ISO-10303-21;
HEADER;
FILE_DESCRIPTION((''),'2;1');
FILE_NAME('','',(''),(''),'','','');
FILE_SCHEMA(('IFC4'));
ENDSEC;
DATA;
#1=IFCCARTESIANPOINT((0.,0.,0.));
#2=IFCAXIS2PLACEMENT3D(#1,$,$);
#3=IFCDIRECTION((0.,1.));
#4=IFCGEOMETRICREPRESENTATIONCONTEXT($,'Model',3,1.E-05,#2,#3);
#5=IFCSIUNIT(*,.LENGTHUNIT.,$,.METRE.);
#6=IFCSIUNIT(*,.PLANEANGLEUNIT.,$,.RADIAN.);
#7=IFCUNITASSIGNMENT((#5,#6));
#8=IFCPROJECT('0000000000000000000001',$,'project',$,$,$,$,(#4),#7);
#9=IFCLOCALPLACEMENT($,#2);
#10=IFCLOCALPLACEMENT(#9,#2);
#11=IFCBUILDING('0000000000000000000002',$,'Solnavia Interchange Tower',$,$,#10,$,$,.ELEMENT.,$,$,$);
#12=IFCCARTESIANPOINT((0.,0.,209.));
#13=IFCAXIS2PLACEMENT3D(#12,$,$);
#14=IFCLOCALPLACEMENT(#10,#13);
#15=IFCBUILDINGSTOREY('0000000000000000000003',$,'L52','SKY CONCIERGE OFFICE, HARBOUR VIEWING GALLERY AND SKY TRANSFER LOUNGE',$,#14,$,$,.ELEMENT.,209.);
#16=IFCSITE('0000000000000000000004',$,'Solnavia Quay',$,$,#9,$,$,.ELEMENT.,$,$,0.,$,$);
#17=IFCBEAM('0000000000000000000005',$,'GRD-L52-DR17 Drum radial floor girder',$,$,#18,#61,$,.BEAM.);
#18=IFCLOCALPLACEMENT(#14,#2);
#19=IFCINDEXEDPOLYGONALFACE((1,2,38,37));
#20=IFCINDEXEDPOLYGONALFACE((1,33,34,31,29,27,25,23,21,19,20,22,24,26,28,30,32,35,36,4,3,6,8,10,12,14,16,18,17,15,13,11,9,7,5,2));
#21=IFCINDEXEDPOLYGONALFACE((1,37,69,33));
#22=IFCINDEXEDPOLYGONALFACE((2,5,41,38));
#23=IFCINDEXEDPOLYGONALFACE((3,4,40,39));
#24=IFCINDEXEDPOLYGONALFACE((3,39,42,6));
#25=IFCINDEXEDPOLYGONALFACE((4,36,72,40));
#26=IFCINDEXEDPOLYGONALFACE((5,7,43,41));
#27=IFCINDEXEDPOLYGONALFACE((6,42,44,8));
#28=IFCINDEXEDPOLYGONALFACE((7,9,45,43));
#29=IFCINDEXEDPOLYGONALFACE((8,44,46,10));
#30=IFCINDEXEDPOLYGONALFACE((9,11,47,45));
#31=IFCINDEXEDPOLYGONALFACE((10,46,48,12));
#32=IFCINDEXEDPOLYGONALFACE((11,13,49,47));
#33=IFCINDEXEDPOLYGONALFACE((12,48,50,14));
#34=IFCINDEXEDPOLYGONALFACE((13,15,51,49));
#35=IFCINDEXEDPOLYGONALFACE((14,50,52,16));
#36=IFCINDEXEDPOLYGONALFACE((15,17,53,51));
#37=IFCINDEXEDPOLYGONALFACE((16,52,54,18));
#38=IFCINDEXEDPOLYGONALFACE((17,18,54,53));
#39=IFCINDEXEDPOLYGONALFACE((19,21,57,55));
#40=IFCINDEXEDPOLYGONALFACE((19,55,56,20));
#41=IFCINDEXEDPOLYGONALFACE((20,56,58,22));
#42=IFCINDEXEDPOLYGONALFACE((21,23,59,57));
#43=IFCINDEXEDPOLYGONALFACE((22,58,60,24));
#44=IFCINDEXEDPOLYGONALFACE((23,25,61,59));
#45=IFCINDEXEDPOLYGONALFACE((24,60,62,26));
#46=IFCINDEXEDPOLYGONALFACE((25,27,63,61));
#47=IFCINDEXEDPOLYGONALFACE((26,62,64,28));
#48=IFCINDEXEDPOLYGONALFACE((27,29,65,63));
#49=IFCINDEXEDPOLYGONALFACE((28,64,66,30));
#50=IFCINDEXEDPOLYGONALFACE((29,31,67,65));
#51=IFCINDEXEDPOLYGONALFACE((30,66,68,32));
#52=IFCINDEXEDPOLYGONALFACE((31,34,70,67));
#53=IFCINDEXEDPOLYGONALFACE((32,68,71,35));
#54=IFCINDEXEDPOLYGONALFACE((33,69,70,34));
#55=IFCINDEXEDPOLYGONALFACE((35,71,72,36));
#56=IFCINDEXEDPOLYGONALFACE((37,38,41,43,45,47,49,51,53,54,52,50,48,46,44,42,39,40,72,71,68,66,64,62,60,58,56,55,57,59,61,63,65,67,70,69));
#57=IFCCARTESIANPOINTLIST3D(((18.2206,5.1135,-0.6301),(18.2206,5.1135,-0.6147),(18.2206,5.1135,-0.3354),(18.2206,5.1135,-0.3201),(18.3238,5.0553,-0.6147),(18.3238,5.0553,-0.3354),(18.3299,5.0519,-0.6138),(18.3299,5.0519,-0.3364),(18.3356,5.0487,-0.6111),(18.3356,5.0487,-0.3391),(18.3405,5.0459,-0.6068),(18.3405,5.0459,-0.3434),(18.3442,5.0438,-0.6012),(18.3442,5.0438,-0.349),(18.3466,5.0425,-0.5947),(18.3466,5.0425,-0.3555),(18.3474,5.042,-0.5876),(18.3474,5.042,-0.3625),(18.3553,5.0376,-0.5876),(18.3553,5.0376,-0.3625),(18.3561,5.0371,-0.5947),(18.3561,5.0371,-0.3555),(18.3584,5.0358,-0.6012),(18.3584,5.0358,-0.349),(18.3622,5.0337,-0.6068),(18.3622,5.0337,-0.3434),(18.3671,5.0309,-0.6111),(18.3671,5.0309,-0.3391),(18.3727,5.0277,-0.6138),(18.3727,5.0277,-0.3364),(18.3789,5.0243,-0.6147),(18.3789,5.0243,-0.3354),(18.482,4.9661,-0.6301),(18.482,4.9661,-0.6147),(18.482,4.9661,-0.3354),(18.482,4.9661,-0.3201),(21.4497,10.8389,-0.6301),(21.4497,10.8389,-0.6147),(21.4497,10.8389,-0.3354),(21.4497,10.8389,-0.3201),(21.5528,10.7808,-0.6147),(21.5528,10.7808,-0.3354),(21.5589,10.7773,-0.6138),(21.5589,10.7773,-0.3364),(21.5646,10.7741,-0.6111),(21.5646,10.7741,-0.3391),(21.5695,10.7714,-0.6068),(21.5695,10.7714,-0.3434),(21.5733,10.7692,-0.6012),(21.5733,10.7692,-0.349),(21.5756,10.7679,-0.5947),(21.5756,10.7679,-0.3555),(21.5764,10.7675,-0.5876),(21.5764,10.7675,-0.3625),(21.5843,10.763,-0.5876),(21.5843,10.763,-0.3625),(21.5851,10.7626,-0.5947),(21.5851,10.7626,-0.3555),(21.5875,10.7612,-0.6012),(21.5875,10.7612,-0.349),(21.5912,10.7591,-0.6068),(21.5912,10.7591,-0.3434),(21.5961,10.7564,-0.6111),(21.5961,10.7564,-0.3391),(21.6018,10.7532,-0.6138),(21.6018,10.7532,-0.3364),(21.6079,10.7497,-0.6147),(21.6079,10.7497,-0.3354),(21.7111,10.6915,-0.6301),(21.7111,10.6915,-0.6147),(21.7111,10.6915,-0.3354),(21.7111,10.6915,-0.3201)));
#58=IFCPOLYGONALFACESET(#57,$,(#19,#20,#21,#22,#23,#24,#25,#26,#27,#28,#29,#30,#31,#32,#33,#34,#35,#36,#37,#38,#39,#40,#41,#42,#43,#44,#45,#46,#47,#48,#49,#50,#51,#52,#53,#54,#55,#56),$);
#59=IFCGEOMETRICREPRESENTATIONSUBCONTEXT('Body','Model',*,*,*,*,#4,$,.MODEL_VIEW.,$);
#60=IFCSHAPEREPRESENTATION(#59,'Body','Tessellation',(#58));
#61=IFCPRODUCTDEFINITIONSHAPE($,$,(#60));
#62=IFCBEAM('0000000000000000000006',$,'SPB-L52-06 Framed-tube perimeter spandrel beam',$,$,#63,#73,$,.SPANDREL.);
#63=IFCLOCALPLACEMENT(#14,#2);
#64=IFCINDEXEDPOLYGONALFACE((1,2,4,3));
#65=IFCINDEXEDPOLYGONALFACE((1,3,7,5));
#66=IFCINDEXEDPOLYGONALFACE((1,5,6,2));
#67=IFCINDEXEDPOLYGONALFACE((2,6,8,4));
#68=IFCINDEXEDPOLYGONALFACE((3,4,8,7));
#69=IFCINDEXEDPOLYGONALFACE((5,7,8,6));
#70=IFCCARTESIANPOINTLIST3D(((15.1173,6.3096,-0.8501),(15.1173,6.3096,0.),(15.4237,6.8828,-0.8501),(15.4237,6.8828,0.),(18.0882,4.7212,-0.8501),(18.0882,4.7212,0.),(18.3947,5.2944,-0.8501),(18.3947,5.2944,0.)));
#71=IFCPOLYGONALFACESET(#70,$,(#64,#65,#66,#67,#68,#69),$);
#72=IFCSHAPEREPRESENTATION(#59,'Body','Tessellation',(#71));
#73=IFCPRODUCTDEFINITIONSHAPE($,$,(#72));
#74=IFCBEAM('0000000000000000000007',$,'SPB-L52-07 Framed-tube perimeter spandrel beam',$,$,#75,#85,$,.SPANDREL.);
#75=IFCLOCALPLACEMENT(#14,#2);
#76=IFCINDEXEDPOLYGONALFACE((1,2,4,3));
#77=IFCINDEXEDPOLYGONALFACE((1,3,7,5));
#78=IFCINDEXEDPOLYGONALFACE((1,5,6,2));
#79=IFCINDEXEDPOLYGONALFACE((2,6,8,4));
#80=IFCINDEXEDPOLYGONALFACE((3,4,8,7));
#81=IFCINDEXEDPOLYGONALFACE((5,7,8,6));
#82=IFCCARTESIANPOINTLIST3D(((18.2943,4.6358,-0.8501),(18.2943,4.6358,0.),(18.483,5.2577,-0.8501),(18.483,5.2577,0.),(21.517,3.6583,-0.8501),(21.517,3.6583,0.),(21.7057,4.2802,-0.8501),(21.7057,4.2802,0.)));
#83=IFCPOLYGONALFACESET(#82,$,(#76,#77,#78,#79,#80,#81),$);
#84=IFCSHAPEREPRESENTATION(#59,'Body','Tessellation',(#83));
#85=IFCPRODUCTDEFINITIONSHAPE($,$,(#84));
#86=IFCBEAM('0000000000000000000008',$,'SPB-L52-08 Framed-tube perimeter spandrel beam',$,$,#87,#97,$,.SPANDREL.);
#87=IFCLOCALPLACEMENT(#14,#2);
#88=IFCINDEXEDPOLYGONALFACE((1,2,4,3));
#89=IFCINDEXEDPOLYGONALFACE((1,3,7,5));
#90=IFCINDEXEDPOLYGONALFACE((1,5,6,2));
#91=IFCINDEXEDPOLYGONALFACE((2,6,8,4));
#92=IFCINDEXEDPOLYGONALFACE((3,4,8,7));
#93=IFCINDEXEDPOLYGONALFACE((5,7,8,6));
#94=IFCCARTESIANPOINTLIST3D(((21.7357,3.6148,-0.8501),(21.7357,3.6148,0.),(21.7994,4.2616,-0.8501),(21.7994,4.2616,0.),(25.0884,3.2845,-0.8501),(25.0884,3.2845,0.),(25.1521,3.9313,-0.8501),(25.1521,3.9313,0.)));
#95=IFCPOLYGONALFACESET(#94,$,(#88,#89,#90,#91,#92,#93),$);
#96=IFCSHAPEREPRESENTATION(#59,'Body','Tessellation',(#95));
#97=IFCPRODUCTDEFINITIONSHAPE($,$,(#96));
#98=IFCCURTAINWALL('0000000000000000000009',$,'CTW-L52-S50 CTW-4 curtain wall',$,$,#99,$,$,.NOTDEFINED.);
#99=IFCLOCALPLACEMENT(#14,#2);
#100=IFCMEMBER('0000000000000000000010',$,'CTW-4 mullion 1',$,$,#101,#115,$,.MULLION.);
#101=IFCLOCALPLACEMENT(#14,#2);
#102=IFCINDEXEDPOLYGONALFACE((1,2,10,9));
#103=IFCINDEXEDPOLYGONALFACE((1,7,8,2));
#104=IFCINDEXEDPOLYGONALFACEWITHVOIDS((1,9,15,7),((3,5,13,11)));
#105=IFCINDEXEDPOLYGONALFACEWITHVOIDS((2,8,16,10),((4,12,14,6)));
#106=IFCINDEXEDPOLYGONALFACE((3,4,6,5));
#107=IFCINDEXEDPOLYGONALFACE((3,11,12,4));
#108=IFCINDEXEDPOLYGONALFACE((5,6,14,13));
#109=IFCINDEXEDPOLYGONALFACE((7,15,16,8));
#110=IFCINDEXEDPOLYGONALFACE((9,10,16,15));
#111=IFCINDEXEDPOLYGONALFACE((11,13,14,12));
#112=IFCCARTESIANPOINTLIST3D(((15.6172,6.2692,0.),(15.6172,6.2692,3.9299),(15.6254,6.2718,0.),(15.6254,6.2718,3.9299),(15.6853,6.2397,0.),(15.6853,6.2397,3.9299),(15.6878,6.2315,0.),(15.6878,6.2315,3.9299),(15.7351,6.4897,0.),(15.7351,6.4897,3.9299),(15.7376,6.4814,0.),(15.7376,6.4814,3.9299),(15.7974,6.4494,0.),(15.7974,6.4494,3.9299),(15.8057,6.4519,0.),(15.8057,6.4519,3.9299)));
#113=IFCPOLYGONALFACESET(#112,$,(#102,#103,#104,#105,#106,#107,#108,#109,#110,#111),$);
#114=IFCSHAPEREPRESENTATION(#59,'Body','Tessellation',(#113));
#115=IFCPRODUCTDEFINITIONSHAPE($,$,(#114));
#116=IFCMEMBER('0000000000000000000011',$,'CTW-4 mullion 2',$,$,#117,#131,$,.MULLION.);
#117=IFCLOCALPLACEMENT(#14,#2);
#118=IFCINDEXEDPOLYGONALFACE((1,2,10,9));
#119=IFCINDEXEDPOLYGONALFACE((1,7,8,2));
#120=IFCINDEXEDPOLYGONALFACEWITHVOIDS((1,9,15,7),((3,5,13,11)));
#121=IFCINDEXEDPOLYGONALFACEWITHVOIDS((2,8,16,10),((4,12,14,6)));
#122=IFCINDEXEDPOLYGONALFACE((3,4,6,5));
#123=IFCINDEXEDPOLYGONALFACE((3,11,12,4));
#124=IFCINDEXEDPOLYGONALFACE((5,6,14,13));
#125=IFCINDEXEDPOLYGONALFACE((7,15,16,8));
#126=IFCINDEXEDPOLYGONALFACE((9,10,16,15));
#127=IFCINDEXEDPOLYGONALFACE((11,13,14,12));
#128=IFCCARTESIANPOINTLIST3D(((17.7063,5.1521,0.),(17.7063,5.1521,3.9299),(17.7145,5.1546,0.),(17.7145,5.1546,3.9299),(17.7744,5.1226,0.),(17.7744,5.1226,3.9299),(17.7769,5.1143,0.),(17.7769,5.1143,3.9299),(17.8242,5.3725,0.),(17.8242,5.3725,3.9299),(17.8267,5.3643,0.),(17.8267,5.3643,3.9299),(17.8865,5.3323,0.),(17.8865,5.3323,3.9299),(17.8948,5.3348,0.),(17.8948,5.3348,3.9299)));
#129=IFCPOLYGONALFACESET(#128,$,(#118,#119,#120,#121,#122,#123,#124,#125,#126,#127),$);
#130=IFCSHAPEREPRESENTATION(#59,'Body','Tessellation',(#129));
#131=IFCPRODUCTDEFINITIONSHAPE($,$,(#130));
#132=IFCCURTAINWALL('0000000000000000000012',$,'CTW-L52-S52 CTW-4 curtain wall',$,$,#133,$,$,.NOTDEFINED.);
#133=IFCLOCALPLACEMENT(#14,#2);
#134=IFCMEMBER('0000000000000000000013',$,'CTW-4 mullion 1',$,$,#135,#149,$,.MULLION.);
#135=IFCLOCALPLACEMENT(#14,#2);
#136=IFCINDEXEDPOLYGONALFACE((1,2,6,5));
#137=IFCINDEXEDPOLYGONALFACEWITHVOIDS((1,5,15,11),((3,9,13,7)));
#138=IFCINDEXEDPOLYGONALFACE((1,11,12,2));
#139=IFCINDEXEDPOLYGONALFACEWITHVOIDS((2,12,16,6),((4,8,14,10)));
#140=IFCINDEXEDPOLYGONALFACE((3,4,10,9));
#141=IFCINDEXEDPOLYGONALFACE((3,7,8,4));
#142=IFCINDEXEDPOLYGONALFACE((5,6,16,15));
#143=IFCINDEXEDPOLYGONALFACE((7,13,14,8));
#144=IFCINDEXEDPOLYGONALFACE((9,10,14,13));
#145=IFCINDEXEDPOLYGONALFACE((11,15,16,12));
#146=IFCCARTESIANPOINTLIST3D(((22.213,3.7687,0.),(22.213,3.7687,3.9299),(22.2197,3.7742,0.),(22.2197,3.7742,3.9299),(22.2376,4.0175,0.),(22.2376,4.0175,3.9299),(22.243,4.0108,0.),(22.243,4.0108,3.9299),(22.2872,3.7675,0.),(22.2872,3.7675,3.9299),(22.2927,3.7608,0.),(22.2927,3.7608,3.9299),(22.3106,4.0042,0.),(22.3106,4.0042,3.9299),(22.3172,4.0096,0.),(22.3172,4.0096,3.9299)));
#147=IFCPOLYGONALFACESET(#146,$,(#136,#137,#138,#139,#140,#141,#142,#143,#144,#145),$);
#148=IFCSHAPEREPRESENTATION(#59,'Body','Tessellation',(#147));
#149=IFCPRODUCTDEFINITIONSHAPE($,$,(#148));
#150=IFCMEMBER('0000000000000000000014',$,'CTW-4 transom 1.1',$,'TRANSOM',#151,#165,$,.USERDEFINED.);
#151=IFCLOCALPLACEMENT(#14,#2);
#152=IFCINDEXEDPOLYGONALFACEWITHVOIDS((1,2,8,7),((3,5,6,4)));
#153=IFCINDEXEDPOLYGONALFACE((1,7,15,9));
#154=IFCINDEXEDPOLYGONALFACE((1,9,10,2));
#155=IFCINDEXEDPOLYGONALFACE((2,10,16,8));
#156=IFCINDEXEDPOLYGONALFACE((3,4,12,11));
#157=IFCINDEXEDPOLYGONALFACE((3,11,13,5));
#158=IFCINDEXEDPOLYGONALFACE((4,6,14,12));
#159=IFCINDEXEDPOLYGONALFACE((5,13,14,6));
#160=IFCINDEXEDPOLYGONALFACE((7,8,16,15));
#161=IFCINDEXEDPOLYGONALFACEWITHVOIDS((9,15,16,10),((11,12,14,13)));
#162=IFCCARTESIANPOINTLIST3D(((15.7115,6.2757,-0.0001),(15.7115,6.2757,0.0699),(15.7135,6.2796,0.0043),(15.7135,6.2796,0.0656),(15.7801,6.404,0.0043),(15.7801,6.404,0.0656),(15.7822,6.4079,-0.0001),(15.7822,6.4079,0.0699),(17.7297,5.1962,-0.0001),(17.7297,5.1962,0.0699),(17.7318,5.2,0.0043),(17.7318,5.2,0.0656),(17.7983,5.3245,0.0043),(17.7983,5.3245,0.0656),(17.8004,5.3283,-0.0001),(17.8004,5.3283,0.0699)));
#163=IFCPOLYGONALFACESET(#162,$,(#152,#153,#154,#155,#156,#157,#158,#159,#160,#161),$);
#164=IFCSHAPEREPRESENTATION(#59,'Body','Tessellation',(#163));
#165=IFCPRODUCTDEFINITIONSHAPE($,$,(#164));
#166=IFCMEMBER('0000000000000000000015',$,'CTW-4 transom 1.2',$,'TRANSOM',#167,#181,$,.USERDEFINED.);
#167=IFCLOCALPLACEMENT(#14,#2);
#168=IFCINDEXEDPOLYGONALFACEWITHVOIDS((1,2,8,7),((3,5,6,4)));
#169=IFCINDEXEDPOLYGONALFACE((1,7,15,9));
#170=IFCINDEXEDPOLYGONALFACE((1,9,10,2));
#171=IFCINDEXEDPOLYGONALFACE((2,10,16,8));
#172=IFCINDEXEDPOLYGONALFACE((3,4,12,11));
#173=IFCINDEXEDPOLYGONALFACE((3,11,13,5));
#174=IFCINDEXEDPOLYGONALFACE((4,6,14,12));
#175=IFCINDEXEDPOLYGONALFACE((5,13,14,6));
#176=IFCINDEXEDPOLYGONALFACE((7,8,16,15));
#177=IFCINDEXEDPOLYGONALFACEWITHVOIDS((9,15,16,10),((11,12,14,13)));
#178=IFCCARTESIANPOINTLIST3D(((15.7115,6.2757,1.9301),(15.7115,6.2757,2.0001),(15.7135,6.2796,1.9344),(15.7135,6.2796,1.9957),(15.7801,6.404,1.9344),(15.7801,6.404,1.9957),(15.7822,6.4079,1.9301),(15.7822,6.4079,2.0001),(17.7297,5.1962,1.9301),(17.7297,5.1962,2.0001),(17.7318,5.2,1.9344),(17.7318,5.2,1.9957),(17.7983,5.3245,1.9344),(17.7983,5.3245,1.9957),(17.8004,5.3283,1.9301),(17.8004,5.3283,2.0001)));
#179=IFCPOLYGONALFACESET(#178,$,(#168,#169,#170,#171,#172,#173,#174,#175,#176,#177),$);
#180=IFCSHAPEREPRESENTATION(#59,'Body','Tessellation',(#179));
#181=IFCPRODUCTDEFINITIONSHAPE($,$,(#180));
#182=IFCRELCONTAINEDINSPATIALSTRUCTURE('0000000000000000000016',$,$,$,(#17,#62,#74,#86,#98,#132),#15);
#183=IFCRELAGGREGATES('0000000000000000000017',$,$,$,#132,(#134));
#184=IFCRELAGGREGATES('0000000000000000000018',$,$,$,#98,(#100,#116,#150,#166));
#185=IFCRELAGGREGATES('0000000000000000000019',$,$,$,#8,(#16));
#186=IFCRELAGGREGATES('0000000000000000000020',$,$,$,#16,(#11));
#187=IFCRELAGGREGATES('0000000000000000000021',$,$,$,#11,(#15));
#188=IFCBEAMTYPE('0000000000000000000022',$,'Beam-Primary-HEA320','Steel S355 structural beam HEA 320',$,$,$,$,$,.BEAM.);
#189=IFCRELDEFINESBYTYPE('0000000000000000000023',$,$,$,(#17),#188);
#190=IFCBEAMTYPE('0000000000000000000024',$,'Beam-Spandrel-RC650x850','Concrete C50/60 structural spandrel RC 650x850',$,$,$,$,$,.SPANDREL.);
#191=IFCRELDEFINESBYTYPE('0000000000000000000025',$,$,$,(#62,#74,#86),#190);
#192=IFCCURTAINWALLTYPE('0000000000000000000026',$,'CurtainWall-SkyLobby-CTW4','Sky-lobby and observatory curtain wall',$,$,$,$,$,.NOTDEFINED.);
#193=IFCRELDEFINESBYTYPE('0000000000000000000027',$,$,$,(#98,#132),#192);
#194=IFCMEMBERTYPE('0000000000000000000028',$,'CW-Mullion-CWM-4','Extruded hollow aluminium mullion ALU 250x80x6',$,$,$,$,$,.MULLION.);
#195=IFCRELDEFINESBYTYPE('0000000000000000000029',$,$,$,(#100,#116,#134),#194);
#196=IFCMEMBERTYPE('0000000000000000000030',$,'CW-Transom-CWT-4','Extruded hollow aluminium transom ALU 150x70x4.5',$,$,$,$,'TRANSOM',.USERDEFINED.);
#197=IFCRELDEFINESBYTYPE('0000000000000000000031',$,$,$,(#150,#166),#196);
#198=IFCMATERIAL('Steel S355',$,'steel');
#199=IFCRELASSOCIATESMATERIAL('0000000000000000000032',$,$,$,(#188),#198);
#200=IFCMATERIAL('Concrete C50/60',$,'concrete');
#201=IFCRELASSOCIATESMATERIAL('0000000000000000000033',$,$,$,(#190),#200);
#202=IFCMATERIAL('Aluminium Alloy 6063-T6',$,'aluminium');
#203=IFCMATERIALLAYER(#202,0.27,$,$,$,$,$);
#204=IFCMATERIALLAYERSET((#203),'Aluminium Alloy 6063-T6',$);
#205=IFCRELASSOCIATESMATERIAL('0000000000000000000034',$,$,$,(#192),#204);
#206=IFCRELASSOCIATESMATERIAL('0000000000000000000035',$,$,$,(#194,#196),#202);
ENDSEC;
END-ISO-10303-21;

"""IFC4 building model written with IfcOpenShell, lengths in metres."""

from ifc_helpers import new_model, si_unit, direction, frame, origin, origin_2d, place, context, subcontext, project, spatial, rectangle, hollow_rectangle, i_section, extrude, material, layer, layer_set, material_profile, profile_set, type_object, element, aggregate, save


model = new_model("IFC4")

# Units and contexts
model_context = context("Model", 3, precision=1e-05, world=origin(), true_north=direction((0.0, 1.0)))
body_context = subcontext(model_context, "Body", "Model", "MODEL_VIEW")
ifc_project = project(units=[si_unit("LENGTHUNIT", "METRE"), si_unit("PLANEANGLEUNIT", "RADIAN")], contexts=[model_context])

# Site, building, storey
site_placement = place(None, origin())
site = spatial("IfcSite", under=ifc_project, at=site_placement, Name="Solnavia Quay", CompositionType="ELEMENT", RefElevation=0.0)
building_placement = place(site_placement, origin())
building = spatial("IfcBuilding", under=site, at=building_placement, Name="Solnavia Interchange Tower", CompositionType="ELEMENT")
storey_placement = place(building_placement, frame((0.0, 0.0, 209.0)))
storey = spatial("IfcBuildingStorey", under=building, at=storey_placement, Name="L52", Description="SKY CONCIERGE OFFICE, HARBOUR VIEWING GALLERY AND SKY TRANSFER LOUNGE", CompositionType="ELEMENT", Elevation=209.0)

# Shared definitions
ifc_material_1 = material(Name="Concrete C50/60", Category="concrete")

# Beams
ifc_material_2 = material(Name="Steel S355", Category="steel")
ifc_material_profile_1 = material_profile(ifc_material_2, i_section(OverallWidth=0.3, OverallDepth=0.3101, WebThickness=0.009, FlangeThickness=0.0154, FilletRadius=0.0271, at=origin_2d()), Name="HEA 320")
ifc_profile_set_1 = profile_set([ifc_material_profile_1], Name="Steel S355")
beam_type_1 = type_object("IfcBeamType", Name="Beam-Primary-HEA320", Description="Steel S355 structural beam HEA 320", PredefinedType="BEAM", material=ifc_profile_set_1)
beam_1_placement = place(storey_placement, frame((18.3513, 5.0398, -0.4751), z_axis=(0.491243, 0.871022, 0.0), x_axis=(-0.871022, 0.491243, 0.0)))
element("IfcBeam", 1, at=beam_1_placement, inside=storey, type_object=beam_type_1, Name="GRD-L52-DR17 Drum radial floor girder", PredefinedType="BEAM", context=body_context, shape_type="SweptSolid", body=[
    extrude(i_section(OverallWidth=0.3, OverallDepth=0.3101, WebThickness=0.009, FlangeThickness=0.0154, FilletRadius=0.0271, at=origin_2d()), origin(), (0.0, 0.0, 1.0), 6.5732),
])
ifc_material_profile_2 = material_profile(ifc_material_1, rectangle(XDim=0.6499, YDim=0.8501, at=origin_2d()), Name="RC 650x850")
ifc_profile_set_2 = profile_set([ifc_material_profile_2], Name="Concrete C50/60")
beam_type_2 = type_object("IfcBeamType", Name="Beam-Spandrel-RC650x850", Description="Concrete C50/60 structural spandrel RC 650x850", PredefinedType="SPANDREL", material=ifc_profile_set_2)
beam_2_placement = place(storey_placement, frame((15.2705, 6.5962, -0.425), z_axis=(0.881875, -0.471483, 0.0), x_axis=(0.471483, 0.881875, 0.0)))
element("IfcBeam", 2, at=beam_2_placement, inside=storey, type_object=beam_type_2, Name="SPB-L52-06 Framed-tube perimeter spandrel beam", PredefinedType="SPANDREL", context=body_context, shape_type="SweptSolid", body=[
    extrude(rectangle(XDim=0.6499, YDim=0.8501, at=origin_2d()), origin(), (0.0, 0.0, 1.0), 3.3689),
])
beam_3_placement = place(storey_placement, frame((18.3887, 4.9468, -0.425), z_axis=(0.956944, -0.290273, 0.0), x_axis=(0.290273, 0.956944, 0.0)))
element("IfcBeam", 3, at=beam_3_placement, inside=storey, type_object=beam_type_2, Name="SPB-L52-07 Framed-tube perimeter spandrel beam", PredefinedType="SPANDREL", context=body_context, shape_type="SweptSolid", body=[
    extrude(rectangle(XDim=0.6499, YDim=0.8501, at=origin_2d()), origin(), (0.0, 0.0, 1.0), 3.3677),
])
beam_4_placement = place(storey_placement, frame((21.7676, 3.9382, -0.425), z_axis=(0.995182, -0.098047, 0.0), x_axis=(0.098047, 0.995182, 0.0)))
element("IfcBeam", 4, at=beam_4_placement, inside=storey, type_object=beam_type_2, Name="SPB-L52-08 Framed-tube perimeter spandrel beam", PredefinedType="SPANDREL", context=body_context, shape_type="SweptSolid", body=[
    extrude(rectangle(XDim=0.6499, YDim=0.8501, at=origin_2d()), origin(), (0.0, 0.0, 1.0), 3.3689),
])

# Curtain wall, members
ifc_material_3 = material(Name="Aluminium Alloy 6063-T6", Category="aluminium")
ifc_layer_1 = layer(ifc_material_3, 0.27)
ifc_layer_set_1 = layer_set([ifc_layer_1], Name="Aluminium Alloy 6063-T6")
curtain_wall_type = type_object("IfcCurtainWallType", Name="CurtainWall-SkyLobby-CTW4", Description="Sky-lobby and observatory curtain wall", PredefinedType="NOTDEFINED", material=ifc_layer_set_1)
curtain_wall_1_placement = place(storey_placement, origin())
curtain_wall_1 = element("IfcCurtainWall", 5, at=curtain_wall_1_placement, inside=storey, type_object=curtain_wall_type, Name="CTW-L52-S50 CTW-4 curtain wall", PredefinedType="NOTDEFINED")
ifc_material_profile_3 = material_profile(ifc_material_3, hollow_rectangle(XDim=0.0801, YDim=0.25, WallThickness=0.0061, at=origin_2d()), Name="ALU 250x80x6")
ifc_profile_set_3 = profile_set([ifc_material_profile_3], Name="Aluminium Alloy 6063-T6")
member_type_1 = type_object("IfcMemberType", Name="CW-Mullion-CWM-4", Description="Extruded hollow aluminium mullion ALU 250x80x6", PredefinedType="MULLION", material=ifc_profile_set_3)
member_1_placement = place(storey_placement, frame((15.7114, 6.3606, 0.0), z_axis=(0.0, 0.0, 1.0), x_axis=(0.881842, -0.471546, 0.0)))
member_1 = element("IfcMember", 6, at=member_1_placement, type_object=member_type_1, Name="CTW-4 mullion 1", PredefinedType="MULLION", context=body_context, shape_type="SweptSolid", body=[
    extrude(hollow_rectangle(XDim=0.0801, YDim=0.25, WallThickness=0.0061, at=origin_2d()), origin(), (0.0, 0.0, 1.0), 3.9299),
])
member_2_placement = place(storey_placement, frame((17.8005, 5.2434, 0.0), z_axis=(0.0, 0.0, 1.0), x_axis=(0.881842, -0.471546, 0.0)))
member_2 = element("IfcMember", 7, at=member_2_placement, type_object=member_type_1, Name="CTW-4 mullion 2", PredefinedType="MULLION", context=body_context, shape_type="SweptSolid", body=[
    extrude(hollow_rectangle(XDim=0.0801, YDim=0.25, WallThickness=0.0061, at=origin_2d()), origin(), (0.0, 0.0, 1.0), 3.9299),
])

# Curtain wall, member
curtain_wall_2_placement = place(storey_placement, origin())
curtain_wall_2 = element("IfcCurtainWall", 8, at=curtain_wall_2_placement, inside=storey, type_object=curtain_wall_type, Name="CTW-L52-S52 CTW-4 curtain wall", PredefinedType="NOTDEFINED")
member_3_placement = place(storey_placement, frame((22.2651, 3.8892, 0.0), z_axis=(0.0, 0.0, 1.0), x_axis=(0.995178, -0.098081, 0.0)))
member_3 = element("IfcMember", 9, at=member_3_placement, type_object=member_type_1, Name="CTW-4 mullion 1", PredefinedType="MULLION", context=body_context, shape_type="SweptSolid", body=[
    extrude(hollow_rectangle(XDim=0.0801, YDim=0.25, WallThickness=0.0061, at=origin_2d()), origin(), (0.0, 0.0, 1.0), 3.9299),
])

# Members
ifc_material_profile_4 = material_profile(ifc_material_3, hollow_rectangle(XDim=0.0701, YDim=0.1499, WallThickness=0.0044, at=origin_2d()), Name="ALU 150x70x4.5")
ifc_profile_set_4 = profile_set([ifc_material_profile_4], Name="Aluminium Alloy 6063-T6")
member_type_2 = type_object("IfcMemberType", Name="CW-Transom-CWT-4", Description="Extruded hollow aluminium transom ALU 150x70x4.5", ElementType="TRANSOM", PredefinedType="USERDEFINED", material=ifc_profile_set_4)
member_4_placement = place(storey_placement, frame((15.7468, 6.3418, 0.0349), z_axis=(0.881779, -0.471662, 0.0), x_axis=(0.0, 0.0, 1.0)))
member_4 = element("IfcMember", 10, at=member_4_placement, type_object=member_type_2, Name="CTW-4 transom 1.1", ObjectType="TRANSOM", PredefinedType="USERDEFINED", context=body_context, shape_type="SweptSolid", body=[
    extrude(hollow_rectangle(XDim=0.0701, YDim=0.1499, WallThickness=0.0044, at=origin_2d()), origin(), (0.0, 0.0, 1.0), 2.2888),
])
member_5_placement = place(storey_placement, frame((15.7468, 6.3418, 1.9651), z_axis=(0.881779, -0.471662, 0.0), x_axis=(0.0, 0.0, 1.0)))
member_5 = element("IfcMember", 11, at=member_5_placement, type_object=member_type_2, Name="CTW-4 transom 1.2", ObjectType="TRANSOM", PredefinedType="USERDEFINED", context=body_context, shape_type="SweptSolid", body=[
    extrude(hollow_rectangle(XDim=0.0701, YDim=0.1499, WallThickness=0.0044, at=origin_2d()), origin(), (0.0, 0.0, 1.0), 2.2888),
])
aggregate(curtain_wall_2, [member_3])

aggregate(curtain_wall_1, [member_1, member_2, member_4, member_5])

save(model, "model.ifc")
